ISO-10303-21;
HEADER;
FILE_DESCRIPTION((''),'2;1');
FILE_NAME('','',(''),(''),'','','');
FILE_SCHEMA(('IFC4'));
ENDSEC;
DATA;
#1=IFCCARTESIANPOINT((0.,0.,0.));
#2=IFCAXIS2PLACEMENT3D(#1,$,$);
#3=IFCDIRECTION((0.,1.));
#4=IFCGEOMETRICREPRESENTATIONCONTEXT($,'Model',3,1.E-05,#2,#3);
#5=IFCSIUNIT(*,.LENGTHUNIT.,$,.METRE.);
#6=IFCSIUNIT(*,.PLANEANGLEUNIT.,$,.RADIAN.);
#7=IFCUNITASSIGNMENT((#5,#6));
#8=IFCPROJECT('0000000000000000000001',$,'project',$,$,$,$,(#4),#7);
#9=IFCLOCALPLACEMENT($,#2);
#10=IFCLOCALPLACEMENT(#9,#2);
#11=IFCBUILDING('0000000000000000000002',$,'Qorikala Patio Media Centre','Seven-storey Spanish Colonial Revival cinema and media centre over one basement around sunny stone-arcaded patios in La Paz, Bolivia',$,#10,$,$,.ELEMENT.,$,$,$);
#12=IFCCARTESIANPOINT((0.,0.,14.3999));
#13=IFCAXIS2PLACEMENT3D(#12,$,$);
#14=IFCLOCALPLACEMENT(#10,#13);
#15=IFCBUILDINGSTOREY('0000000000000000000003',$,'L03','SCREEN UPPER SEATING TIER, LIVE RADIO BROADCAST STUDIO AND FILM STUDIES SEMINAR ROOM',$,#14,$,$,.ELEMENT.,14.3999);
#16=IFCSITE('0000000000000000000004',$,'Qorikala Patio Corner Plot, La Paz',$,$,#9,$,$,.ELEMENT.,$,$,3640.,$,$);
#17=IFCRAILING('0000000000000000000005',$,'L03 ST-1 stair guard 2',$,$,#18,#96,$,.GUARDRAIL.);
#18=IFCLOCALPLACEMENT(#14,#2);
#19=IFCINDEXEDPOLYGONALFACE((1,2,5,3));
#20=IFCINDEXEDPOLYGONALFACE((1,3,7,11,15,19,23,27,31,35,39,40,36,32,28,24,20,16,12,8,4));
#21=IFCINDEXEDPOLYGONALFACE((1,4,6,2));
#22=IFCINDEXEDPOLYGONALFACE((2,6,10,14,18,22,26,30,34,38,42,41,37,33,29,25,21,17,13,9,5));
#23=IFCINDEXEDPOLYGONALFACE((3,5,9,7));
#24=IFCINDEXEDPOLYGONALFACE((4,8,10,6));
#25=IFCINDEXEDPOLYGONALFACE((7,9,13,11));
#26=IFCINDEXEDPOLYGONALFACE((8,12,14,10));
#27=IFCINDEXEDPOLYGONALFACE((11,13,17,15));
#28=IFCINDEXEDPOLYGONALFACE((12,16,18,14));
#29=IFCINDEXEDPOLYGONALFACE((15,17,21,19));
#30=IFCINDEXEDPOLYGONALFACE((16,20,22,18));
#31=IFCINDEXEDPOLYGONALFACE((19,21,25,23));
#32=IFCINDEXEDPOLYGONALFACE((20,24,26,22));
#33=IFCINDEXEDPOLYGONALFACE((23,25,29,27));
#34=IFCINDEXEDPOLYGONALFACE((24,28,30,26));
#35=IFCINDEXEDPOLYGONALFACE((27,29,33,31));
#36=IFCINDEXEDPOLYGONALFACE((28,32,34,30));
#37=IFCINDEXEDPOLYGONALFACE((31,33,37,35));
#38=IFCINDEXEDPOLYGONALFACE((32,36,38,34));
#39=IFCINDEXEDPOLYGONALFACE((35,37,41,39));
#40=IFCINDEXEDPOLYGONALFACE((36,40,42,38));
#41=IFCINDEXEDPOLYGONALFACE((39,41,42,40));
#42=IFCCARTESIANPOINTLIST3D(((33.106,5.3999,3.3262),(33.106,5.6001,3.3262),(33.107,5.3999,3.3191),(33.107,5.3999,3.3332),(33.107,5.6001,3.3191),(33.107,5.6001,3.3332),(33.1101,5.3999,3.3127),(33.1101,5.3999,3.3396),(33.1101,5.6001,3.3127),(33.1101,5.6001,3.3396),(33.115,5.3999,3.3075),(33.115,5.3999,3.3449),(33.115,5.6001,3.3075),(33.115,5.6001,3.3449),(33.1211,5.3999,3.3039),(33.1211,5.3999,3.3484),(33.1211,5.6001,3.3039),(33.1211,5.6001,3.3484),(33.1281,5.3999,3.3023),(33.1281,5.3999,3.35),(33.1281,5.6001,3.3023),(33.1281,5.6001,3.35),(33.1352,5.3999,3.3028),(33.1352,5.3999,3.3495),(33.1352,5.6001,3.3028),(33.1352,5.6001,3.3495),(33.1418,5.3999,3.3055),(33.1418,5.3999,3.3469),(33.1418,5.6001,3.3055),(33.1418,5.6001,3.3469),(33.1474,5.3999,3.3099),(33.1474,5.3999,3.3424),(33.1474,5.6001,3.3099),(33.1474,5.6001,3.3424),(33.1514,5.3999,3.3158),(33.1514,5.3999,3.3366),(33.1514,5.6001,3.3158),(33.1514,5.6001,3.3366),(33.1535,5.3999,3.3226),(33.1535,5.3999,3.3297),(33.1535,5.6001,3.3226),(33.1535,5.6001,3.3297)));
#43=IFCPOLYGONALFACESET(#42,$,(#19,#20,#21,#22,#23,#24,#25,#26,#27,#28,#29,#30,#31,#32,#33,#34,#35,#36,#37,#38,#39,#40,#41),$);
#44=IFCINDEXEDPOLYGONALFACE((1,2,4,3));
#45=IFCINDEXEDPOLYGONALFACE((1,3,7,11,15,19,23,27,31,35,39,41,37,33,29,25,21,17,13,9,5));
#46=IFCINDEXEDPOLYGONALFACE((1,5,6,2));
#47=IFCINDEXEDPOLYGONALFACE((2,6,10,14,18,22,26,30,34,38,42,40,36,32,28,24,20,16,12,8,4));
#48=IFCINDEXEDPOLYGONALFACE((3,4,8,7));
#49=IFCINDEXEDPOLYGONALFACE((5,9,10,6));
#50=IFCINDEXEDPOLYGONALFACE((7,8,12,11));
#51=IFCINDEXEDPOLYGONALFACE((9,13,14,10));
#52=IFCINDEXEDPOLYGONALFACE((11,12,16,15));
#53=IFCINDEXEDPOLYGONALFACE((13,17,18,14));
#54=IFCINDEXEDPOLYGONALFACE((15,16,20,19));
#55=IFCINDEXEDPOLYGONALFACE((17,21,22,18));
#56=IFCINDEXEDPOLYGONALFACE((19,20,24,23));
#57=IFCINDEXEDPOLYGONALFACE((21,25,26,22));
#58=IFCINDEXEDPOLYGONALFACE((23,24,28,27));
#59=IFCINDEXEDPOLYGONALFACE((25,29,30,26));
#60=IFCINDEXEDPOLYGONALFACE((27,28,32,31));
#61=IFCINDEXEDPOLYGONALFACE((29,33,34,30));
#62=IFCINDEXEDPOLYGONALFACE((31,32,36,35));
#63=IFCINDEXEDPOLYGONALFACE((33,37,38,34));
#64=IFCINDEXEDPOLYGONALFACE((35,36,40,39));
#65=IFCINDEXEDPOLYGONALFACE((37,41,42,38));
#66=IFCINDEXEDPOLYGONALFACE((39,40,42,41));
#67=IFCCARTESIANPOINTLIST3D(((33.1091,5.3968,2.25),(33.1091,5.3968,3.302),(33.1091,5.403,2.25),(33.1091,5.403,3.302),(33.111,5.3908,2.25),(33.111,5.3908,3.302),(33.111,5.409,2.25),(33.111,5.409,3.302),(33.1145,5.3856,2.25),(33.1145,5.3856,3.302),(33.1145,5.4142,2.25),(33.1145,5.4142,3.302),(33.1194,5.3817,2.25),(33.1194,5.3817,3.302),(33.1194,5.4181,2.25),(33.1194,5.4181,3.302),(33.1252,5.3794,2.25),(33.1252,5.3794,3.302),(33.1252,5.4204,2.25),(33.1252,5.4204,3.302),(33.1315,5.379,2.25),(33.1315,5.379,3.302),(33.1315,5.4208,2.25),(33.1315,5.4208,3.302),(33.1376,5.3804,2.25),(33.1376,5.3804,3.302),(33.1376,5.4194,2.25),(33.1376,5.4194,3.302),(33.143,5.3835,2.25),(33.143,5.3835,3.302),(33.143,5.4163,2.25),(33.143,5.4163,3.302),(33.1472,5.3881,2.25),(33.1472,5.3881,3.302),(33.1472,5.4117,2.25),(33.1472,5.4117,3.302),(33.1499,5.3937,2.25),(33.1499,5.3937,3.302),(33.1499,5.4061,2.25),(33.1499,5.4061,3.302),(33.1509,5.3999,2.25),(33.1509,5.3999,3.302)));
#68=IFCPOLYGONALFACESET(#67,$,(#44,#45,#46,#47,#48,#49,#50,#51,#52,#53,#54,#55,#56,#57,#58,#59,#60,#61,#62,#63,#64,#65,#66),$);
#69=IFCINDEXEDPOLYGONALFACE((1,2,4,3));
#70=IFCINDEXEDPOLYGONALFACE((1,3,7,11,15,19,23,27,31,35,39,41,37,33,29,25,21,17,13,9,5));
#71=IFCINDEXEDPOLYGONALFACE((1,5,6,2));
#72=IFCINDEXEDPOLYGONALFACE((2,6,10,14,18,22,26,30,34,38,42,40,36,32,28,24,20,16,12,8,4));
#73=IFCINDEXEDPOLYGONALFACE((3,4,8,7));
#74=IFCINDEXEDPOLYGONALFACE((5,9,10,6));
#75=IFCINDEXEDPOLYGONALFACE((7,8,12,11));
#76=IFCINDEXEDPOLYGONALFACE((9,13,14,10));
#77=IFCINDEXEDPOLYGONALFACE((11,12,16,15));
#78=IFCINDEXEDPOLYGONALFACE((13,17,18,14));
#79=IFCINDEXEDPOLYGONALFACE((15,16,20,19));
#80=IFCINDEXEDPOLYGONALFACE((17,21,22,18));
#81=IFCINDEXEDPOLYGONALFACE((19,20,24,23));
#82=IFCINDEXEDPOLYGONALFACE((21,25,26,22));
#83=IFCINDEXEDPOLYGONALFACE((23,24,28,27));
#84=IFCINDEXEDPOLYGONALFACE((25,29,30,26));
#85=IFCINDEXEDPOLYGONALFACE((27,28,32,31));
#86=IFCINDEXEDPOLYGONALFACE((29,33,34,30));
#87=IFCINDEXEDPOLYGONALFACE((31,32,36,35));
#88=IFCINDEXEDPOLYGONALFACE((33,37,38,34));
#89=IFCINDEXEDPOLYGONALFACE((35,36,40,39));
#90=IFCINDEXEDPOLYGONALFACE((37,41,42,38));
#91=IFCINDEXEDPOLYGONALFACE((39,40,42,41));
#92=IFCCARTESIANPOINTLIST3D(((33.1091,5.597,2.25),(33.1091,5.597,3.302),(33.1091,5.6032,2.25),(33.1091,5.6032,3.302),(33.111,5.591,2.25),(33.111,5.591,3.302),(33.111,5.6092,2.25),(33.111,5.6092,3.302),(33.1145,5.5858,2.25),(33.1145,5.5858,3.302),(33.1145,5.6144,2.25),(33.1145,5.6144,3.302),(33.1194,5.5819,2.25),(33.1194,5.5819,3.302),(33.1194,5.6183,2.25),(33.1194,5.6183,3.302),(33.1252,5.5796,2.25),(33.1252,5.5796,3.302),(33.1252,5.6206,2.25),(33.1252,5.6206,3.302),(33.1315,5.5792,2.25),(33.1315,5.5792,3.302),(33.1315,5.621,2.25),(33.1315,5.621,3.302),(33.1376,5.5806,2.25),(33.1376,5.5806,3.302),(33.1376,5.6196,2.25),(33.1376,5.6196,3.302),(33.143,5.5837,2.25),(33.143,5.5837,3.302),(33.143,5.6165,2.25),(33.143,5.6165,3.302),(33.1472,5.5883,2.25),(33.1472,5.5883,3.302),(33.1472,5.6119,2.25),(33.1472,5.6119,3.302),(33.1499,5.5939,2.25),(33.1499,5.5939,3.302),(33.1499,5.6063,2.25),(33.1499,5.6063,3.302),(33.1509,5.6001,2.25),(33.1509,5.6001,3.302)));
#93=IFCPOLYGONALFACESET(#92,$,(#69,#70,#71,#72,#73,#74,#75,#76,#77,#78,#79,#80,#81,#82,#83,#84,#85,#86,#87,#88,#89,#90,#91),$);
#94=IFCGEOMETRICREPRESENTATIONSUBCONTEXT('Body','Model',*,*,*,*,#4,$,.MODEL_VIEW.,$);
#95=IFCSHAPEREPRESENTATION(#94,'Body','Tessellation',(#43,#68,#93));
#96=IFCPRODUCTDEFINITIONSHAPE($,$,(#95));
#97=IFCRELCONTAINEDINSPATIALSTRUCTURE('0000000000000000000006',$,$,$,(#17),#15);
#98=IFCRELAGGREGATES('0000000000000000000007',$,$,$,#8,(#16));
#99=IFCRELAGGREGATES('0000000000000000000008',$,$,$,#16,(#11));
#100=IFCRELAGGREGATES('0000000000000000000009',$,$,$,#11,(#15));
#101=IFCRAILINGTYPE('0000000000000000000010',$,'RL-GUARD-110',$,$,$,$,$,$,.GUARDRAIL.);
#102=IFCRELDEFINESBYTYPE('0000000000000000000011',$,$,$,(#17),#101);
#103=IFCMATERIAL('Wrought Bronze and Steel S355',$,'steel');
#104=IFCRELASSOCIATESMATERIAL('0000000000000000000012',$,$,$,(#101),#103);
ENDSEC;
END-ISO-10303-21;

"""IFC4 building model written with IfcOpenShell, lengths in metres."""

from ifc_helpers import new_model, si_unit, direction, frame, origin, origin_2d, place, context, subcontext, project, spatial, circle, extrude, material, type_object, element, save


model = new_model("IFC4")

# Units and contexts
model_context = context("Model", 3, precision=1e-05, world=origin(), true_north=direction((0.0, 1.0)))
body_context = subcontext(model_context, "Body", "Model", "MODEL_VIEW")
ifc_project = project(units=[si_unit("LENGTHUNIT", "METRE"), si_unit("PLANEANGLEUNIT", "RADIAN")], contexts=[model_context])

# Site, building, storey
site_placement = place(None, origin())
site = spatial("IfcSite", under=ifc_project, at=site_placement, Name="Qorikala Patio Corner Plot, La Paz", CompositionType="ELEMENT", RefElevation=3640.0)
building_placement = place(site_placement, origin())
building = spatial("IfcBuilding", under=site, at=building_placement, Name="Qorikala Patio Media Centre", Description="Seven-storey Spanish Colonial Revival cinema and media centre over one basement around sunny stone-arcaded patios in La Paz, Bolivia", CompositionType="ELEMENT")
storey_placement = place(building_placement, frame((0.0, 0.0, 14.3999)))
storey = spatial("IfcBuildingStorey", under=building, at=storey_placement, Name="L03", Description="SCREEN UPPER SEATING TIER, LIVE RADIO BROADCAST STUDIO AND FILM STUDIES SEMINAR ROOM", CompositionType="ELEMENT", Elevation=14.3999)

# Railing
ifc_material_1 = material(Name="Wrought Bronze and Steel S355", Category="steel")
railing_type_1 = type_object("IfcRailingType", Name="RL-GUARD-110", PredefinedType="GUARDRAIL", material=ifc_material_1)
railing_1_placement = place(storey_placement, frame((33.1299, 5.3999, 2.25)))
element("IfcRailing", 1, at=railing_1_placement, inside=storey, type_object=railing_type_1, Name="L03 ST-1 stair guard 2", PredefinedType="GUARDRAIL", context=body_context, shape_type="SweptSolid", body=[
    extrude(circle(Radius=0.0239, at=origin_2d()), frame((0.0, 0.0, 1.0762), z_axis=(0.0, 1.0, 0.0), x_axis=(-1.0, 0.0, 0.0)), (0.0, 0.0, 1.0), 0.2002),
    extrude(circle(Radius=0.021, at=origin_2d()), origin(), (0.0, 0.0, 1.0), 1.052),
    extrude(circle(Radius=0.021, at=origin_2d()), frame((0.0, 0.2002, 0.0)), (0.0, 0.0, 1.0), 1.052),
])

save(model, "model.ifc")
